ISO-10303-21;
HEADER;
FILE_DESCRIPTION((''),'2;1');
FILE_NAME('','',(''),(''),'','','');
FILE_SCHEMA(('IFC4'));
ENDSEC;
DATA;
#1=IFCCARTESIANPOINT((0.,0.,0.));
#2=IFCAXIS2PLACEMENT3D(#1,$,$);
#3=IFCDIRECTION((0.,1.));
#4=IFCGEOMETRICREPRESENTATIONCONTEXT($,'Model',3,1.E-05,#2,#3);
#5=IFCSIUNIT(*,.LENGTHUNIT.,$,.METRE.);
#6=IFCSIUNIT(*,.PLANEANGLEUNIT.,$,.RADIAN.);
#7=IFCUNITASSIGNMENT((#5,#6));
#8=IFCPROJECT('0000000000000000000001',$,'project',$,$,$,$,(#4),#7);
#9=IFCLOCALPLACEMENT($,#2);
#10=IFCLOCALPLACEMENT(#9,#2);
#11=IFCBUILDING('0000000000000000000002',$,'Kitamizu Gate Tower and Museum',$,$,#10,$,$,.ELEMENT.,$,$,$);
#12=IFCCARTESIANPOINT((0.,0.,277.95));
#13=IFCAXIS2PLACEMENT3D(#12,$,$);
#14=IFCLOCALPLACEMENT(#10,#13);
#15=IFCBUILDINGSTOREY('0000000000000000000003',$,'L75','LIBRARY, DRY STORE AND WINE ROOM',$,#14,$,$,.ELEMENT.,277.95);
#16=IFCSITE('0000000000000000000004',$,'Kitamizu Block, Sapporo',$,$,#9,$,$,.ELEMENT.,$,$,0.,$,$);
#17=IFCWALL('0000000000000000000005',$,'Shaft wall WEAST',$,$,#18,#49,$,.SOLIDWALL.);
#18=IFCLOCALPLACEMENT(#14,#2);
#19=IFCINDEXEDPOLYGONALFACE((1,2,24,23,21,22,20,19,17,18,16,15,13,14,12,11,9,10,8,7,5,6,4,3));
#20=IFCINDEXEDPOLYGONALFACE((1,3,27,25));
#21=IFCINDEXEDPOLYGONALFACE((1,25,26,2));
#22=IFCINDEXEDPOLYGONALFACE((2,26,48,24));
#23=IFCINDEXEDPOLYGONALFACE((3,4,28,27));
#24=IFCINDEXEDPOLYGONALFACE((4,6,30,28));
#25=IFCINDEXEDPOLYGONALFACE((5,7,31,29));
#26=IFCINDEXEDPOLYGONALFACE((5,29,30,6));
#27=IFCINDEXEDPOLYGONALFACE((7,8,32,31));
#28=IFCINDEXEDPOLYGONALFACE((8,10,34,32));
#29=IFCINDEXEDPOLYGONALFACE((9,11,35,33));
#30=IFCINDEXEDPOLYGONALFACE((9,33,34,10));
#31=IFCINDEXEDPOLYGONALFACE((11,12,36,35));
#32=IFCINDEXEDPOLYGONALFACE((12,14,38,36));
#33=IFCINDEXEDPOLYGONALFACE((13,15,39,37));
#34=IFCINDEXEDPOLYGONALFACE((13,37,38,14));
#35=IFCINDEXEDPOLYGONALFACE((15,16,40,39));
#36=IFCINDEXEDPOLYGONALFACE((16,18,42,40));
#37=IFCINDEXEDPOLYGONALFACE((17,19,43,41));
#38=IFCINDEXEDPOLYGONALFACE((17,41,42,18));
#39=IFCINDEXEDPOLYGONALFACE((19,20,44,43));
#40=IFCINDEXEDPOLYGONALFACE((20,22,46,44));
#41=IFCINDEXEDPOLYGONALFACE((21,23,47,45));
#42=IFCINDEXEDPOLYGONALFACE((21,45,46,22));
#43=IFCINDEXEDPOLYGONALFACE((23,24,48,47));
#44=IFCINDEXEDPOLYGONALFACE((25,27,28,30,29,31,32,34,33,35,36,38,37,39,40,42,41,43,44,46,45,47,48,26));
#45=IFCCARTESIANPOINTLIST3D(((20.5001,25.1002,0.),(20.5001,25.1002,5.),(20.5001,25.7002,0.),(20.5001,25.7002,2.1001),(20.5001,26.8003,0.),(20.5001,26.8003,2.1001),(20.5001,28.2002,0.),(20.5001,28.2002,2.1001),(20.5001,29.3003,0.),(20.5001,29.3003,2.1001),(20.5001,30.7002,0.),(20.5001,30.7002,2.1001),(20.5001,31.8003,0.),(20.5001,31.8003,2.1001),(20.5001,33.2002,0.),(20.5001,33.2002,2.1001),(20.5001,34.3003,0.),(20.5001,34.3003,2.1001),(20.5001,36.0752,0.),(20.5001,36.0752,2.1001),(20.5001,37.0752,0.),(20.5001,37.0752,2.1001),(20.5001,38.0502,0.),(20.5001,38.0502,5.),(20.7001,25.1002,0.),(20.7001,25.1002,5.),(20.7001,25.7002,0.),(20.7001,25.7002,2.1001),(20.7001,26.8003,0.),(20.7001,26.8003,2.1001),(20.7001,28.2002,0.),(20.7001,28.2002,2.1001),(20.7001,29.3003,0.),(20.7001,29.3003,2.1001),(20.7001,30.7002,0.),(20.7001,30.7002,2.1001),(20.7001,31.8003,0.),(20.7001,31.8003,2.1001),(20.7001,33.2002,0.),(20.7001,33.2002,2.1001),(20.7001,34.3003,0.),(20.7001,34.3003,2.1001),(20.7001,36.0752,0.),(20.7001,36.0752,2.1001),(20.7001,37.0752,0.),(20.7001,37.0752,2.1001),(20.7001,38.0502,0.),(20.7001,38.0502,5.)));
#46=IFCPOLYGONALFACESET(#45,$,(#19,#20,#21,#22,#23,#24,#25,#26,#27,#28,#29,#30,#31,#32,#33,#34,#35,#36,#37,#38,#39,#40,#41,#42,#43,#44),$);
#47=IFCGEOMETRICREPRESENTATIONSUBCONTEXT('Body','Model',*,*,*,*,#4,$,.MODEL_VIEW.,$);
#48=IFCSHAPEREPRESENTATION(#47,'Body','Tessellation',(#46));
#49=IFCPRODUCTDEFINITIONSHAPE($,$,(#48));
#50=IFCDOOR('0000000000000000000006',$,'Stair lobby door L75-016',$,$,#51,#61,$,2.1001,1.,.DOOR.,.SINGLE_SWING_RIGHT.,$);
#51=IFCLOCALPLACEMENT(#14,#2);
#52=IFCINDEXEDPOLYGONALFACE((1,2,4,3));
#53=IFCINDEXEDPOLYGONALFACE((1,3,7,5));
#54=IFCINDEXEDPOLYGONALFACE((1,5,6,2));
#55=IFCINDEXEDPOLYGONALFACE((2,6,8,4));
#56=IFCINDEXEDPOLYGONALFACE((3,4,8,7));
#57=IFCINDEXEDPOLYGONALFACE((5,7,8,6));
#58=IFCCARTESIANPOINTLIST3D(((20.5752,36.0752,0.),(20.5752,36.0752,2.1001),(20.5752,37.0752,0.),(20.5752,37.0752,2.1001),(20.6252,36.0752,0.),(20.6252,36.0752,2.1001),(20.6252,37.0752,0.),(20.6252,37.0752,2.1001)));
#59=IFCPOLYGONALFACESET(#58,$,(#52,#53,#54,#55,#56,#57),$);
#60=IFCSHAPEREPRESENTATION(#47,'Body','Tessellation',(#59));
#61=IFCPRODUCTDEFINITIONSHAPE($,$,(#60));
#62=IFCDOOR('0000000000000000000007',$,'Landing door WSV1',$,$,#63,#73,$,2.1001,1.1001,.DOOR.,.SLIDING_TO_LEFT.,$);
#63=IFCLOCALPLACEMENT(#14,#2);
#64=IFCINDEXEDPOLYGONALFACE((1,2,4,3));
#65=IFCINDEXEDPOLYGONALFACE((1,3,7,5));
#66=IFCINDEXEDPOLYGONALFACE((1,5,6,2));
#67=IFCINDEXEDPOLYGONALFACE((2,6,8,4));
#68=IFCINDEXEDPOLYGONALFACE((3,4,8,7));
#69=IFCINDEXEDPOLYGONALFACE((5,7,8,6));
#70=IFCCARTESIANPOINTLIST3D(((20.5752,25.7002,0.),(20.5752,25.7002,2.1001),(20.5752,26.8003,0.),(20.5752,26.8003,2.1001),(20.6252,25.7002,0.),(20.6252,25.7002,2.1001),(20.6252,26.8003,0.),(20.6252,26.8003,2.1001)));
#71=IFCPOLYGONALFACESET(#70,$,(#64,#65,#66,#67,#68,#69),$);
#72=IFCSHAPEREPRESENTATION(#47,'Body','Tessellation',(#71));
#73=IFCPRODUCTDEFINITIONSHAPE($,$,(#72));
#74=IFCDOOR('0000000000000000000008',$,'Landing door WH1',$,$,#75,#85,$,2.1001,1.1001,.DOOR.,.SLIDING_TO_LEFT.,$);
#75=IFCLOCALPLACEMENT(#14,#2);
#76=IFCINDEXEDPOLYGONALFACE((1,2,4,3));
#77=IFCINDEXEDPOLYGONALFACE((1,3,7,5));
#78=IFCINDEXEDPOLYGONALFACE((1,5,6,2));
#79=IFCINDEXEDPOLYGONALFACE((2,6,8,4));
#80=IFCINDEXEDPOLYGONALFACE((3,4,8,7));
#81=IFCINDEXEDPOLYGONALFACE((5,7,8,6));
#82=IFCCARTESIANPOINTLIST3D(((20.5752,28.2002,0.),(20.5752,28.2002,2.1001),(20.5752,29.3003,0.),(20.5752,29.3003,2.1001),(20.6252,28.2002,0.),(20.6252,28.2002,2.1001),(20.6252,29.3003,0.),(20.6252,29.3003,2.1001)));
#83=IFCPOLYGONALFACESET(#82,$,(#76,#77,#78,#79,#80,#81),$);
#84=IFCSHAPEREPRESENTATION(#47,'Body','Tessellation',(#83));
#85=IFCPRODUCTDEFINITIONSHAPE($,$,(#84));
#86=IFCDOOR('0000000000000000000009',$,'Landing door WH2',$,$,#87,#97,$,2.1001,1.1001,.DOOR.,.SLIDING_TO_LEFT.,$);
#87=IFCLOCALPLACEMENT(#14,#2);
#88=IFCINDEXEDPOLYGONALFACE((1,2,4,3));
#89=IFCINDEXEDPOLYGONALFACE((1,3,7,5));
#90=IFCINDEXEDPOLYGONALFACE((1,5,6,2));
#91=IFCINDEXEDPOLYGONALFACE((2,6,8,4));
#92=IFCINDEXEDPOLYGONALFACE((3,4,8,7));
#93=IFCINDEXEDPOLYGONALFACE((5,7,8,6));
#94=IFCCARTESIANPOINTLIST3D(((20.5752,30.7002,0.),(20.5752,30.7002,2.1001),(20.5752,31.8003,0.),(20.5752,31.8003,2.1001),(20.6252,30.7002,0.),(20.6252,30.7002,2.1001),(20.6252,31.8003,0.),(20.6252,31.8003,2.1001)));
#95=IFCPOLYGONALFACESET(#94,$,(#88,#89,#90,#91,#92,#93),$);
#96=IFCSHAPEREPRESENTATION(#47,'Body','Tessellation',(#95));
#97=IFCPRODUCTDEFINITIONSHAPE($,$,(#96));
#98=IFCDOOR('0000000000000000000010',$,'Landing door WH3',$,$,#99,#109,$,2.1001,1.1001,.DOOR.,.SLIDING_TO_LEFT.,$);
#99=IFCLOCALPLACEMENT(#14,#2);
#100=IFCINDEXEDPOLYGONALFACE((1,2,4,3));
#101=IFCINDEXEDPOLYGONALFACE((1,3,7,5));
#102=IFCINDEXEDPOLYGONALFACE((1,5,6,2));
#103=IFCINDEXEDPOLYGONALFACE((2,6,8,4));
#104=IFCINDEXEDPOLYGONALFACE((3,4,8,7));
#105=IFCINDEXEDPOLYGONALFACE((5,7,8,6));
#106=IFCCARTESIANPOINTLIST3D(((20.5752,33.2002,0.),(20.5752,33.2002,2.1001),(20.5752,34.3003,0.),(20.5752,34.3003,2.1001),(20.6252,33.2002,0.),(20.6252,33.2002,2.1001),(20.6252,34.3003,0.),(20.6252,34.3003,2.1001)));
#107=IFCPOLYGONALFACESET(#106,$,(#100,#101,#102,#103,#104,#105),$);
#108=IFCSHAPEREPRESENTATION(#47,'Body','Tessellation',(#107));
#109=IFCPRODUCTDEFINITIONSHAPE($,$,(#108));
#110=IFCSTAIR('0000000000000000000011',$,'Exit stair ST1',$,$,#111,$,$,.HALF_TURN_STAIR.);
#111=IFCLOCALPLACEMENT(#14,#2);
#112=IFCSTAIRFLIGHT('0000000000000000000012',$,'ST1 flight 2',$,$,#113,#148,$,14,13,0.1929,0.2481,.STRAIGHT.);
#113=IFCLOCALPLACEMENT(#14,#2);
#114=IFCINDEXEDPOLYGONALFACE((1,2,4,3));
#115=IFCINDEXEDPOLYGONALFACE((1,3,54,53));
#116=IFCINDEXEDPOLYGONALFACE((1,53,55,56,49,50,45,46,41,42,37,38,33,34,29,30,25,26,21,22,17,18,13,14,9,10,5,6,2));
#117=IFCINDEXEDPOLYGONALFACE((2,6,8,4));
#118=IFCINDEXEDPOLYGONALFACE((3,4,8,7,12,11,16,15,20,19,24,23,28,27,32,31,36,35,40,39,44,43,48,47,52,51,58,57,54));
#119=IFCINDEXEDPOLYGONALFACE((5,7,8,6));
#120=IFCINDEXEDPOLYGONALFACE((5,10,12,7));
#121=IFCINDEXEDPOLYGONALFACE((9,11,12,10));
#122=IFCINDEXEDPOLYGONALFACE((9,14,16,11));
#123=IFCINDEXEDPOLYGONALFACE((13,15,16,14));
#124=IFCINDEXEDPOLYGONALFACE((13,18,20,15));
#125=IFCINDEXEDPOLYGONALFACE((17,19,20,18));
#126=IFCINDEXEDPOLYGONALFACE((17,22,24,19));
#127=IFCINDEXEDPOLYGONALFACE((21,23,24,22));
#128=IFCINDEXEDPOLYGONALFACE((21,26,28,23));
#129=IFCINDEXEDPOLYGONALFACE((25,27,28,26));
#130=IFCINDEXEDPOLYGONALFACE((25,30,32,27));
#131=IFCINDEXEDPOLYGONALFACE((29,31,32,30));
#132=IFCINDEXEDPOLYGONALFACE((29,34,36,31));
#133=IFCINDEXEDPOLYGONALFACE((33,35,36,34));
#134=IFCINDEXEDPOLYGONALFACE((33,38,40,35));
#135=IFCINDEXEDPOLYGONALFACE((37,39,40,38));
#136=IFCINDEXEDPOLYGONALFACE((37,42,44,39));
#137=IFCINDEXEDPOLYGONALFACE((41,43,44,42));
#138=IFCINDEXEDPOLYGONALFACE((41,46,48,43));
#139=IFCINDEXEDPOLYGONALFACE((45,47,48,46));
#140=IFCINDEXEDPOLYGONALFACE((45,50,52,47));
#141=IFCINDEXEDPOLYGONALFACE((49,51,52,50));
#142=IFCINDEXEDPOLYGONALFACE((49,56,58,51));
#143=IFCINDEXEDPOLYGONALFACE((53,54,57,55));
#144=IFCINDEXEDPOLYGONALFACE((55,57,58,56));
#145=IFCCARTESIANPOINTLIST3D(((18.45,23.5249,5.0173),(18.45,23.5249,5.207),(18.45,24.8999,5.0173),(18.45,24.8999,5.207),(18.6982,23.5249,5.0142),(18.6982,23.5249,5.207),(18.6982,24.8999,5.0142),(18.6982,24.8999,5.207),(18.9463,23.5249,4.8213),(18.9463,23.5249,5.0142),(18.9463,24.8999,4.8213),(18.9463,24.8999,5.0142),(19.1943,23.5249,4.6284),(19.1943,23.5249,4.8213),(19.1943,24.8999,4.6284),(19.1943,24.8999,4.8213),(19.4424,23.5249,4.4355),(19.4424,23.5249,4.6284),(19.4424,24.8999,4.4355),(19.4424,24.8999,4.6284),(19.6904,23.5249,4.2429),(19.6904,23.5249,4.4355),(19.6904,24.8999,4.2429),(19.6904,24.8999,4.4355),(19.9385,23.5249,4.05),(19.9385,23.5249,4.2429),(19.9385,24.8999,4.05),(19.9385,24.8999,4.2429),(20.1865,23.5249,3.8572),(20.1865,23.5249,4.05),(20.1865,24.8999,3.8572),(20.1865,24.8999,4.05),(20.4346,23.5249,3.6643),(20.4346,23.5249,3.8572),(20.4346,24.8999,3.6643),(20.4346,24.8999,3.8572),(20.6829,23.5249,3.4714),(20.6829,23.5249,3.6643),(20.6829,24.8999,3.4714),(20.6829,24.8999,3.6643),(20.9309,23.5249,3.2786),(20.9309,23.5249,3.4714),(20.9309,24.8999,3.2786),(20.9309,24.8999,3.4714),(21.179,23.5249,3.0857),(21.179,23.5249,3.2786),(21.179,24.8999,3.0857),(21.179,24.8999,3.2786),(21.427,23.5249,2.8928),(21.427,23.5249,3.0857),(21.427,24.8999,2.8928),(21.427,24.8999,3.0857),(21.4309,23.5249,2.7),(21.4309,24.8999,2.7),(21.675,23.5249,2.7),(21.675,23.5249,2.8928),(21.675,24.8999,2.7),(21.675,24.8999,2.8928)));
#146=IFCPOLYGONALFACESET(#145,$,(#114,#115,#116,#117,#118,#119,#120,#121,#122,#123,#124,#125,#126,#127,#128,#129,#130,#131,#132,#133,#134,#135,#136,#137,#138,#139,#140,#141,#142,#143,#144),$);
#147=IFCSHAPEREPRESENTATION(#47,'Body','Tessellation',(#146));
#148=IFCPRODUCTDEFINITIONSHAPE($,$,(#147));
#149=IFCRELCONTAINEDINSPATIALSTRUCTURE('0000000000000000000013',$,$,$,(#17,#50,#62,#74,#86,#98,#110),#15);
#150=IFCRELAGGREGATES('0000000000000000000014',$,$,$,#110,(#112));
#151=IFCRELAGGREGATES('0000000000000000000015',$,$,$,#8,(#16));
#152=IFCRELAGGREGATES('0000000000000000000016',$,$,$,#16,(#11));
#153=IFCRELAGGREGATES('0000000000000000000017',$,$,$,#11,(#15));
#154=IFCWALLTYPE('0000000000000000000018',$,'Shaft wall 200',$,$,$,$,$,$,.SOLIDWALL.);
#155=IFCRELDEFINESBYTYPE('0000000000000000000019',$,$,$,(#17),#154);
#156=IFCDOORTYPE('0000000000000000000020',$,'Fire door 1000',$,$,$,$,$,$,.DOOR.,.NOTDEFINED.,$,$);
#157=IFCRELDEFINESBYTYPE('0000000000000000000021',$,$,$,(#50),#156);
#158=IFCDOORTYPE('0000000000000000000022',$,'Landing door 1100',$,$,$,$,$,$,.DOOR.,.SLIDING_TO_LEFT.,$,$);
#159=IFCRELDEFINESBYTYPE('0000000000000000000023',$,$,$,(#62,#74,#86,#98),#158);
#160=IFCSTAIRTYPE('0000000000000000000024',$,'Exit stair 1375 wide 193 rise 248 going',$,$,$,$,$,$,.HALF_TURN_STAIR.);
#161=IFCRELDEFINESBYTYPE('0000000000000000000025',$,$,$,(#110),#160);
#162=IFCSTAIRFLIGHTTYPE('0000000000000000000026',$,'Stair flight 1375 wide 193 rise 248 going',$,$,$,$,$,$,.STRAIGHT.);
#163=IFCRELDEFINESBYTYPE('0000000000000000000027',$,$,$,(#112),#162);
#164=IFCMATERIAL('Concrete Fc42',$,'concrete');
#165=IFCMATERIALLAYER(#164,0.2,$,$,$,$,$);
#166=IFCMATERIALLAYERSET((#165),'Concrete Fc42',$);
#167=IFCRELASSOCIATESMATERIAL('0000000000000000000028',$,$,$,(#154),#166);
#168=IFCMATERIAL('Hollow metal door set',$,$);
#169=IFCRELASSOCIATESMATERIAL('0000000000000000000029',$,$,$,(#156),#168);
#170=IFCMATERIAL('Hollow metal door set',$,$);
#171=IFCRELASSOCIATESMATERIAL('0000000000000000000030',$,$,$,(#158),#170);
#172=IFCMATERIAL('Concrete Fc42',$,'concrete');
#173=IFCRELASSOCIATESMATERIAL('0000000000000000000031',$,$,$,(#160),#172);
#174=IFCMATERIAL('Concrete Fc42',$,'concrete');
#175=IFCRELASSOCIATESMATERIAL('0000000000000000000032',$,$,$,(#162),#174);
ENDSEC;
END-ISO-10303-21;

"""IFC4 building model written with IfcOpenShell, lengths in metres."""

from ifc_helpers import new_model, si_unit, direction, frame, frame_2d, origin, place, context, subcontext, project, spatial, polyline, rectangle, outline, extrude, material, layer, layer_set, type_object, element, fill, aggregate, save


model = new_model("IFC4")

# Units and contexts
model_context = context("Model", 3, precision=1e-05, world=origin(), true_north=direction((0.0, 1.0)))
body_context = subcontext(model_context, "Body", "Model", "MODEL_VIEW")
ifc_project = project(units=[si_unit("LENGTHUNIT", "METRE"), si_unit("PLANEANGLEUNIT", "RADIAN")], contexts=[model_context])

# Site, building, storey
site_placement = place(None, origin())
site = spatial("IfcSite", under=ifc_project, at=site_placement, Name="Kitamizu Block, Sapporo", CompositionType="ELEMENT", RefElevation=0.0)
building_placement = place(site_placement, origin())
building = spatial("IfcBuilding", under=site, at=building_placement, Name="Kitamizu Gate Tower and Museum", CompositionType="ELEMENT")
storey_placement = place(building_placement, frame((0.0, 0.0, 277.95)))
storey = spatial("IfcBuildingStorey", under=building, at=storey_placement, Name="L75", Description="LIBRARY, DRY STORE AND WINE ROOM", CompositionType="ELEMENT", Elevation=277.95)

# Wall, openings, doors
ifc_material_1 = material(Name="Concrete Fc42", Category="concrete")
ifc_layer_1 = layer(ifc_material_1, 0.2)
ifc_layer_set_1 = layer_set([ifc_layer_1], Name="Concrete Fc42")
wall_type_1 = type_object("IfcWallType", Name="Shaft wall 200", PredefinedType="SOLIDWALL", material=ifc_layer_set_1)
wall_1_placement = place(storey_placement, frame((20.6001, 25.1001, 0.0), z_axis=(0.0, 0.0, 1.0), x_axis=(0.0, 1.0, 0.0)))
wall_1 = element("IfcWall", 1, at=wall_1_placement, inside=storey, type_object=wall_type_1, Name="Shaft wall WEAST", PredefinedType="SOLIDWALL", context=body_context, shape_type="SweptSolid", body=[
    extrude(rectangle(XDim=12.95, YDim=0.2, at=frame_2d((6.4751, 0.0))), origin(), (0.0, 0.0, 1.0), 5.0),
])
opening_1_placement = place(wall_1_placement, frame((0.6001, 0.0, 0.0)))
opening_1 = element("IfcOpeningElement", 2, at=opening_1_placement, cuts=wall_1, PredefinedType="OPENING", context=body_context, shape_type="SweptSolid", body=[
    extrude(rectangle(XDim=1.1001, YDim=2.1001, at=frame_2d((0.55, 1.05))), frame((0.0, 0.1099, 0.0), z_axis=(0.0, -1.0, 0.0), x_axis=(1.0, 0.0, 0.0)), (0.0, 0.0, 1.0), 0.22),
])
opening_2_placement = place(wall_1_placement, frame((3.1001, 0.0, 0.0)))
opening_2 = element("IfcOpeningElement", 3, at=opening_2_placement, cuts=wall_1, PredefinedType="OPENING", context=body_context, shape_type="SweptSolid", body=[
    extrude(rectangle(XDim=1.1001, YDim=2.1001, at=frame_2d((0.55, 1.05))), frame((0.0, 0.1099, 0.0), z_axis=(0.0, -1.0, 0.0), x_axis=(1.0, 0.0, 0.0)), (0.0, 0.0, 1.0), 0.22),
])
opening_3_placement = place(wall_1_placement, frame((5.6001, 0.0, 0.0)))
opening_3 = element("IfcOpeningElement", 4, at=opening_3_placement, cuts=wall_1, PredefinedType="OPENING", context=body_context, shape_type="SweptSolid", body=[
    extrude(rectangle(XDim=1.1001, YDim=2.1001, at=frame_2d((0.55, 1.05))), frame((0.0, 0.1099, 0.0), z_axis=(0.0, -1.0, 0.0), x_axis=(1.0, 0.0, 0.0)), (0.0, 0.0, 1.0), 0.22),
])
opening_4_placement = place(wall_1_placement, frame((8.1001, 0.0, 0.0)))
opening_4 = element("IfcOpeningElement", 5, at=opening_4_placement, cuts=wall_1, PredefinedType="OPENING", context=body_context, shape_type="SweptSolid", body=[
    extrude(rectangle(XDim=1.1001, YDim=2.1001, at=frame_2d((0.55, 1.05))), frame((0.0, 0.1099, 0.0), z_axis=(0.0, -1.0, 0.0), x_axis=(1.0, 0.0, 0.0)), (0.0, 0.0, 1.0), 0.22),
])
opening_5_placement = place(wall_1_placement, frame((10.9751, 0.0, 0.0)))
opening_5 = element("IfcOpeningElement", 6, at=opening_5_placement, cuts=wall_1, PredefinedType="OPENING", context=body_context, shape_type="SweptSolid", body=[
    extrude(rectangle(XDim=1.0, YDim=2.1001, at=frame_2d((0.5, 1.05))), frame((0.0, 0.1099, 0.0), z_axis=(0.0, -1.0, 0.0), x_axis=(1.0, 0.0, 0.0)), (0.0, 0.0, 1.0), 0.22),
])
ifc_material_2 = material(Name="Hollow metal door set")
door_type_1 = type_object("IfcDoorType", Name="Fire door 1000", OperationType="NOTDEFINED", PredefinedType="DOOR", material=ifc_material_2)
door_1_placement = place(opening_5_placement, origin())
door_1 = element("IfcDoor", 7, at=door_1_placement, inside=storey, type_object=door_type_1, Name="Stair lobby door L75-016", OperationType="SINGLE_SWING_RIGHT", OverallHeight=2.1001, OverallWidth=1.0, PredefinedType="DOOR", context=body_context, shape_type="SweptSolid", body=[
    extrude(rectangle(XDim=1.0, YDim=2.1001, at=frame_2d((0.5, 1.05))), frame((0.0, 0.0249, 0.0), z_axis=(0.0, -1.0, 0.0), x_axis=(1.0, 0.0, 0.0)), (0.0, 0.0, 1.0), 0.05),
])
fill(opening_5, door_1)
ifc_material_3 = material(Name="Hollow metal door set")
door_type_2 = type_object("IfcDoorType", Name="Landing door 1100", OperationType="SLIDING_TO_LEFT", PredefinedType="DOOR", material=ifc_material_3)
door_2_placement = place(opening_1_placement, origin())
door_2 = element("IfcDoor", 8, at=door_2_placement, inside=storey, type_object=door_type_2, Name="Landing door WSV1", OperationType="SLIDING_TO_LEFT", OverallHeight=2.1001, OverallWidth=1.1001, PredefinedType="DOOR", context=body_context, shape_type="SweptSolid", body=[
    extrude(rectangle(XDim=1.1001, YDim=2.1001, at=frame_2d((0.55, 1.05))), frame((0.0, 0.0249, 0.0), z_axis=(0.0, -1.0, 0.0), x_axis=(1.0, 0.0, 0.0)), (0.0, 0.0, 1.0), 0.05),
])
fill(opening_1, door_2)
door_3_placement = place(opening_2_placement, origin())
door_3 = element("IfcDoor", 9, at=door_3_placement, inside=storey, type_object=door_type_2, Name="Landing door WH1", OperationType="SLIDING_TO_LEFT", OverallHeight=2.1001, OverallWidth=1.1001, PredefinedType="DOOR", context=body_context, shape_type="SweptSolid", body=[
    extrude(rectangle(XDim=1.1001, YDim=2.1001, at=frame_2d((0.55, 1.05))), frame((0.0, 0.0249, 0.0), z_axis=(0.0, -1.0, 0.0), x_axis=(1.0, 0.0, 0.0)), (0.0, 0.0, 1.0), 0.05),
])
fill(opening_2, door_3)
door_4_placement = place(opening_3_placement, origin())
door_4 = element("IfcDoor", 10, at=door_4_placement, inside=storey, type_object=door_type_2, Name="Landing door WH2", OperationType="SLIDING_TO_LEFT", OverallHeight=2.1001, OverallWidth=1.1001, PredefinedType="DOOR", context=body_context, shape_type="SweptSolid", body=[
    extrude(rectangle(XDim=1.1001, YDim=2.1001, at=frame_2d((0.55, 1.05))), frame((0.0, 0.0249, 0.0), z_axis=(0.0, -1.0, 0.0), x_axis=(1.0, 0.0, 0.0)), (0.0, 0.0, 1.0), 0.05),
])
fill(opening_3, door_4)
door_5_placement = place(opening_4_placement, origin())
door_5 = element("IfcDoor", 11, at=door_5_placement, inside=storey, type_object=door_type_2, Name="Landing door WH3", OperationType="SLIDING_TO_LEFT", OverallHeight=2.1001, OverallWidth=1.1001, PredefinedType="DOOR", context=body_context, shape_type="SweptSolid", body=[
    extrude(rectangle(XDim=1.1001, YDim=2.1001, at=frame_2d((0.55, 1.05))), frame((0.0, 0.0249, 0.0), z_axis=(0.0, -1.0, 0.0), x_axis=(1.0, 0.0, 0.0)), (0.0, 0.0, 1.0), 0.05),
])
fill(opening_4, door_5)

# Stair, stair flight
ifc_material_4 = material(Name="Concrete Fc42", Category="concrete")
stair_type = type_object("IfcStairType", Name="Exit stair 1375 wide 193 rise 248 going", PredefinedType="HALF_TURN_STAIR", material=ifc_material_4)
stair_placement = place(storey_placement, origin())
stair = element("IfcStair", 12, at=stair_placement, inside=storey, type_object=stair_type, Name="Exit stair ST1", PredefinedType="HALF_TURN_STAIR")
ifc_material_5 = material(Name="Concrete Fc42", Category="concrete")
stair_flight_type = type_object("IfcStairFlightType", Name="Stair flight 1375 wide 193 rise 248 going", PredefinedType="STRAIGHT", material=ifc_material_5)
stair_flight_placement = place(storey_placement, frame((21.675, 24.2124, 2.7), z_axis=(0.0, 0.0, 1.0), x_axis=(-1.0, 0.0, 0.0)))
stair_flight = element("IfcStairFlight", 13, at=stair_flight_placement, type_object=stair_flight_type, Name="ST1 flight 2", NumberOfRisers=14, NumberOfTreads=13, PredefinedType="STRAIGHT", RiserHeight=0.1929, TreadLength=0.2481, context=body_context, shape_type="SweptSolid", body=[
    extrude(outline(polyline([(0.0, 0.0), (0.0, 0.1929), (0.248, 0.1929), (0.248, 0.3857), (0.4961, 0.3857), (0.4961, 0.5786), (0.7441, 0.5786), (0.7441, 0.7715), (0.9922, 0.7715), (0.9922, 0.9644), (1.2405, 0.9644), (1.2405, 1.1572), (1.4885, 1.1572), (1.4885, 1.3501), (1.7366, 1.3501), (1.7366, 1.543), (1.9846, 1.543), (1.9846, 1.7356), (2.2327, 1.7356), (2.2327, 1.9285), (2.4807, 1.9285), (2.4807, 2.1213), (2.7288, 2.1213), (2.7288, 2.3142), (2.9768, 2.3142), (2.9768, 2.5071), (3.2251, 2.5071), (3.2251, 2.7), (3.2251, 2.3174), (0.2441, 0.0), (0.0, 0.0)])), frame((0.0, 0.6875, 0.0), z_axis=(0.0, -1.0, 0.0), x_axis=(1.0, 0.0, 0.0)), (0.0, 0.0, 1.0), 1.375),
])
aggregate(stair, [stair_flight])

save(model, "model.ifc")
